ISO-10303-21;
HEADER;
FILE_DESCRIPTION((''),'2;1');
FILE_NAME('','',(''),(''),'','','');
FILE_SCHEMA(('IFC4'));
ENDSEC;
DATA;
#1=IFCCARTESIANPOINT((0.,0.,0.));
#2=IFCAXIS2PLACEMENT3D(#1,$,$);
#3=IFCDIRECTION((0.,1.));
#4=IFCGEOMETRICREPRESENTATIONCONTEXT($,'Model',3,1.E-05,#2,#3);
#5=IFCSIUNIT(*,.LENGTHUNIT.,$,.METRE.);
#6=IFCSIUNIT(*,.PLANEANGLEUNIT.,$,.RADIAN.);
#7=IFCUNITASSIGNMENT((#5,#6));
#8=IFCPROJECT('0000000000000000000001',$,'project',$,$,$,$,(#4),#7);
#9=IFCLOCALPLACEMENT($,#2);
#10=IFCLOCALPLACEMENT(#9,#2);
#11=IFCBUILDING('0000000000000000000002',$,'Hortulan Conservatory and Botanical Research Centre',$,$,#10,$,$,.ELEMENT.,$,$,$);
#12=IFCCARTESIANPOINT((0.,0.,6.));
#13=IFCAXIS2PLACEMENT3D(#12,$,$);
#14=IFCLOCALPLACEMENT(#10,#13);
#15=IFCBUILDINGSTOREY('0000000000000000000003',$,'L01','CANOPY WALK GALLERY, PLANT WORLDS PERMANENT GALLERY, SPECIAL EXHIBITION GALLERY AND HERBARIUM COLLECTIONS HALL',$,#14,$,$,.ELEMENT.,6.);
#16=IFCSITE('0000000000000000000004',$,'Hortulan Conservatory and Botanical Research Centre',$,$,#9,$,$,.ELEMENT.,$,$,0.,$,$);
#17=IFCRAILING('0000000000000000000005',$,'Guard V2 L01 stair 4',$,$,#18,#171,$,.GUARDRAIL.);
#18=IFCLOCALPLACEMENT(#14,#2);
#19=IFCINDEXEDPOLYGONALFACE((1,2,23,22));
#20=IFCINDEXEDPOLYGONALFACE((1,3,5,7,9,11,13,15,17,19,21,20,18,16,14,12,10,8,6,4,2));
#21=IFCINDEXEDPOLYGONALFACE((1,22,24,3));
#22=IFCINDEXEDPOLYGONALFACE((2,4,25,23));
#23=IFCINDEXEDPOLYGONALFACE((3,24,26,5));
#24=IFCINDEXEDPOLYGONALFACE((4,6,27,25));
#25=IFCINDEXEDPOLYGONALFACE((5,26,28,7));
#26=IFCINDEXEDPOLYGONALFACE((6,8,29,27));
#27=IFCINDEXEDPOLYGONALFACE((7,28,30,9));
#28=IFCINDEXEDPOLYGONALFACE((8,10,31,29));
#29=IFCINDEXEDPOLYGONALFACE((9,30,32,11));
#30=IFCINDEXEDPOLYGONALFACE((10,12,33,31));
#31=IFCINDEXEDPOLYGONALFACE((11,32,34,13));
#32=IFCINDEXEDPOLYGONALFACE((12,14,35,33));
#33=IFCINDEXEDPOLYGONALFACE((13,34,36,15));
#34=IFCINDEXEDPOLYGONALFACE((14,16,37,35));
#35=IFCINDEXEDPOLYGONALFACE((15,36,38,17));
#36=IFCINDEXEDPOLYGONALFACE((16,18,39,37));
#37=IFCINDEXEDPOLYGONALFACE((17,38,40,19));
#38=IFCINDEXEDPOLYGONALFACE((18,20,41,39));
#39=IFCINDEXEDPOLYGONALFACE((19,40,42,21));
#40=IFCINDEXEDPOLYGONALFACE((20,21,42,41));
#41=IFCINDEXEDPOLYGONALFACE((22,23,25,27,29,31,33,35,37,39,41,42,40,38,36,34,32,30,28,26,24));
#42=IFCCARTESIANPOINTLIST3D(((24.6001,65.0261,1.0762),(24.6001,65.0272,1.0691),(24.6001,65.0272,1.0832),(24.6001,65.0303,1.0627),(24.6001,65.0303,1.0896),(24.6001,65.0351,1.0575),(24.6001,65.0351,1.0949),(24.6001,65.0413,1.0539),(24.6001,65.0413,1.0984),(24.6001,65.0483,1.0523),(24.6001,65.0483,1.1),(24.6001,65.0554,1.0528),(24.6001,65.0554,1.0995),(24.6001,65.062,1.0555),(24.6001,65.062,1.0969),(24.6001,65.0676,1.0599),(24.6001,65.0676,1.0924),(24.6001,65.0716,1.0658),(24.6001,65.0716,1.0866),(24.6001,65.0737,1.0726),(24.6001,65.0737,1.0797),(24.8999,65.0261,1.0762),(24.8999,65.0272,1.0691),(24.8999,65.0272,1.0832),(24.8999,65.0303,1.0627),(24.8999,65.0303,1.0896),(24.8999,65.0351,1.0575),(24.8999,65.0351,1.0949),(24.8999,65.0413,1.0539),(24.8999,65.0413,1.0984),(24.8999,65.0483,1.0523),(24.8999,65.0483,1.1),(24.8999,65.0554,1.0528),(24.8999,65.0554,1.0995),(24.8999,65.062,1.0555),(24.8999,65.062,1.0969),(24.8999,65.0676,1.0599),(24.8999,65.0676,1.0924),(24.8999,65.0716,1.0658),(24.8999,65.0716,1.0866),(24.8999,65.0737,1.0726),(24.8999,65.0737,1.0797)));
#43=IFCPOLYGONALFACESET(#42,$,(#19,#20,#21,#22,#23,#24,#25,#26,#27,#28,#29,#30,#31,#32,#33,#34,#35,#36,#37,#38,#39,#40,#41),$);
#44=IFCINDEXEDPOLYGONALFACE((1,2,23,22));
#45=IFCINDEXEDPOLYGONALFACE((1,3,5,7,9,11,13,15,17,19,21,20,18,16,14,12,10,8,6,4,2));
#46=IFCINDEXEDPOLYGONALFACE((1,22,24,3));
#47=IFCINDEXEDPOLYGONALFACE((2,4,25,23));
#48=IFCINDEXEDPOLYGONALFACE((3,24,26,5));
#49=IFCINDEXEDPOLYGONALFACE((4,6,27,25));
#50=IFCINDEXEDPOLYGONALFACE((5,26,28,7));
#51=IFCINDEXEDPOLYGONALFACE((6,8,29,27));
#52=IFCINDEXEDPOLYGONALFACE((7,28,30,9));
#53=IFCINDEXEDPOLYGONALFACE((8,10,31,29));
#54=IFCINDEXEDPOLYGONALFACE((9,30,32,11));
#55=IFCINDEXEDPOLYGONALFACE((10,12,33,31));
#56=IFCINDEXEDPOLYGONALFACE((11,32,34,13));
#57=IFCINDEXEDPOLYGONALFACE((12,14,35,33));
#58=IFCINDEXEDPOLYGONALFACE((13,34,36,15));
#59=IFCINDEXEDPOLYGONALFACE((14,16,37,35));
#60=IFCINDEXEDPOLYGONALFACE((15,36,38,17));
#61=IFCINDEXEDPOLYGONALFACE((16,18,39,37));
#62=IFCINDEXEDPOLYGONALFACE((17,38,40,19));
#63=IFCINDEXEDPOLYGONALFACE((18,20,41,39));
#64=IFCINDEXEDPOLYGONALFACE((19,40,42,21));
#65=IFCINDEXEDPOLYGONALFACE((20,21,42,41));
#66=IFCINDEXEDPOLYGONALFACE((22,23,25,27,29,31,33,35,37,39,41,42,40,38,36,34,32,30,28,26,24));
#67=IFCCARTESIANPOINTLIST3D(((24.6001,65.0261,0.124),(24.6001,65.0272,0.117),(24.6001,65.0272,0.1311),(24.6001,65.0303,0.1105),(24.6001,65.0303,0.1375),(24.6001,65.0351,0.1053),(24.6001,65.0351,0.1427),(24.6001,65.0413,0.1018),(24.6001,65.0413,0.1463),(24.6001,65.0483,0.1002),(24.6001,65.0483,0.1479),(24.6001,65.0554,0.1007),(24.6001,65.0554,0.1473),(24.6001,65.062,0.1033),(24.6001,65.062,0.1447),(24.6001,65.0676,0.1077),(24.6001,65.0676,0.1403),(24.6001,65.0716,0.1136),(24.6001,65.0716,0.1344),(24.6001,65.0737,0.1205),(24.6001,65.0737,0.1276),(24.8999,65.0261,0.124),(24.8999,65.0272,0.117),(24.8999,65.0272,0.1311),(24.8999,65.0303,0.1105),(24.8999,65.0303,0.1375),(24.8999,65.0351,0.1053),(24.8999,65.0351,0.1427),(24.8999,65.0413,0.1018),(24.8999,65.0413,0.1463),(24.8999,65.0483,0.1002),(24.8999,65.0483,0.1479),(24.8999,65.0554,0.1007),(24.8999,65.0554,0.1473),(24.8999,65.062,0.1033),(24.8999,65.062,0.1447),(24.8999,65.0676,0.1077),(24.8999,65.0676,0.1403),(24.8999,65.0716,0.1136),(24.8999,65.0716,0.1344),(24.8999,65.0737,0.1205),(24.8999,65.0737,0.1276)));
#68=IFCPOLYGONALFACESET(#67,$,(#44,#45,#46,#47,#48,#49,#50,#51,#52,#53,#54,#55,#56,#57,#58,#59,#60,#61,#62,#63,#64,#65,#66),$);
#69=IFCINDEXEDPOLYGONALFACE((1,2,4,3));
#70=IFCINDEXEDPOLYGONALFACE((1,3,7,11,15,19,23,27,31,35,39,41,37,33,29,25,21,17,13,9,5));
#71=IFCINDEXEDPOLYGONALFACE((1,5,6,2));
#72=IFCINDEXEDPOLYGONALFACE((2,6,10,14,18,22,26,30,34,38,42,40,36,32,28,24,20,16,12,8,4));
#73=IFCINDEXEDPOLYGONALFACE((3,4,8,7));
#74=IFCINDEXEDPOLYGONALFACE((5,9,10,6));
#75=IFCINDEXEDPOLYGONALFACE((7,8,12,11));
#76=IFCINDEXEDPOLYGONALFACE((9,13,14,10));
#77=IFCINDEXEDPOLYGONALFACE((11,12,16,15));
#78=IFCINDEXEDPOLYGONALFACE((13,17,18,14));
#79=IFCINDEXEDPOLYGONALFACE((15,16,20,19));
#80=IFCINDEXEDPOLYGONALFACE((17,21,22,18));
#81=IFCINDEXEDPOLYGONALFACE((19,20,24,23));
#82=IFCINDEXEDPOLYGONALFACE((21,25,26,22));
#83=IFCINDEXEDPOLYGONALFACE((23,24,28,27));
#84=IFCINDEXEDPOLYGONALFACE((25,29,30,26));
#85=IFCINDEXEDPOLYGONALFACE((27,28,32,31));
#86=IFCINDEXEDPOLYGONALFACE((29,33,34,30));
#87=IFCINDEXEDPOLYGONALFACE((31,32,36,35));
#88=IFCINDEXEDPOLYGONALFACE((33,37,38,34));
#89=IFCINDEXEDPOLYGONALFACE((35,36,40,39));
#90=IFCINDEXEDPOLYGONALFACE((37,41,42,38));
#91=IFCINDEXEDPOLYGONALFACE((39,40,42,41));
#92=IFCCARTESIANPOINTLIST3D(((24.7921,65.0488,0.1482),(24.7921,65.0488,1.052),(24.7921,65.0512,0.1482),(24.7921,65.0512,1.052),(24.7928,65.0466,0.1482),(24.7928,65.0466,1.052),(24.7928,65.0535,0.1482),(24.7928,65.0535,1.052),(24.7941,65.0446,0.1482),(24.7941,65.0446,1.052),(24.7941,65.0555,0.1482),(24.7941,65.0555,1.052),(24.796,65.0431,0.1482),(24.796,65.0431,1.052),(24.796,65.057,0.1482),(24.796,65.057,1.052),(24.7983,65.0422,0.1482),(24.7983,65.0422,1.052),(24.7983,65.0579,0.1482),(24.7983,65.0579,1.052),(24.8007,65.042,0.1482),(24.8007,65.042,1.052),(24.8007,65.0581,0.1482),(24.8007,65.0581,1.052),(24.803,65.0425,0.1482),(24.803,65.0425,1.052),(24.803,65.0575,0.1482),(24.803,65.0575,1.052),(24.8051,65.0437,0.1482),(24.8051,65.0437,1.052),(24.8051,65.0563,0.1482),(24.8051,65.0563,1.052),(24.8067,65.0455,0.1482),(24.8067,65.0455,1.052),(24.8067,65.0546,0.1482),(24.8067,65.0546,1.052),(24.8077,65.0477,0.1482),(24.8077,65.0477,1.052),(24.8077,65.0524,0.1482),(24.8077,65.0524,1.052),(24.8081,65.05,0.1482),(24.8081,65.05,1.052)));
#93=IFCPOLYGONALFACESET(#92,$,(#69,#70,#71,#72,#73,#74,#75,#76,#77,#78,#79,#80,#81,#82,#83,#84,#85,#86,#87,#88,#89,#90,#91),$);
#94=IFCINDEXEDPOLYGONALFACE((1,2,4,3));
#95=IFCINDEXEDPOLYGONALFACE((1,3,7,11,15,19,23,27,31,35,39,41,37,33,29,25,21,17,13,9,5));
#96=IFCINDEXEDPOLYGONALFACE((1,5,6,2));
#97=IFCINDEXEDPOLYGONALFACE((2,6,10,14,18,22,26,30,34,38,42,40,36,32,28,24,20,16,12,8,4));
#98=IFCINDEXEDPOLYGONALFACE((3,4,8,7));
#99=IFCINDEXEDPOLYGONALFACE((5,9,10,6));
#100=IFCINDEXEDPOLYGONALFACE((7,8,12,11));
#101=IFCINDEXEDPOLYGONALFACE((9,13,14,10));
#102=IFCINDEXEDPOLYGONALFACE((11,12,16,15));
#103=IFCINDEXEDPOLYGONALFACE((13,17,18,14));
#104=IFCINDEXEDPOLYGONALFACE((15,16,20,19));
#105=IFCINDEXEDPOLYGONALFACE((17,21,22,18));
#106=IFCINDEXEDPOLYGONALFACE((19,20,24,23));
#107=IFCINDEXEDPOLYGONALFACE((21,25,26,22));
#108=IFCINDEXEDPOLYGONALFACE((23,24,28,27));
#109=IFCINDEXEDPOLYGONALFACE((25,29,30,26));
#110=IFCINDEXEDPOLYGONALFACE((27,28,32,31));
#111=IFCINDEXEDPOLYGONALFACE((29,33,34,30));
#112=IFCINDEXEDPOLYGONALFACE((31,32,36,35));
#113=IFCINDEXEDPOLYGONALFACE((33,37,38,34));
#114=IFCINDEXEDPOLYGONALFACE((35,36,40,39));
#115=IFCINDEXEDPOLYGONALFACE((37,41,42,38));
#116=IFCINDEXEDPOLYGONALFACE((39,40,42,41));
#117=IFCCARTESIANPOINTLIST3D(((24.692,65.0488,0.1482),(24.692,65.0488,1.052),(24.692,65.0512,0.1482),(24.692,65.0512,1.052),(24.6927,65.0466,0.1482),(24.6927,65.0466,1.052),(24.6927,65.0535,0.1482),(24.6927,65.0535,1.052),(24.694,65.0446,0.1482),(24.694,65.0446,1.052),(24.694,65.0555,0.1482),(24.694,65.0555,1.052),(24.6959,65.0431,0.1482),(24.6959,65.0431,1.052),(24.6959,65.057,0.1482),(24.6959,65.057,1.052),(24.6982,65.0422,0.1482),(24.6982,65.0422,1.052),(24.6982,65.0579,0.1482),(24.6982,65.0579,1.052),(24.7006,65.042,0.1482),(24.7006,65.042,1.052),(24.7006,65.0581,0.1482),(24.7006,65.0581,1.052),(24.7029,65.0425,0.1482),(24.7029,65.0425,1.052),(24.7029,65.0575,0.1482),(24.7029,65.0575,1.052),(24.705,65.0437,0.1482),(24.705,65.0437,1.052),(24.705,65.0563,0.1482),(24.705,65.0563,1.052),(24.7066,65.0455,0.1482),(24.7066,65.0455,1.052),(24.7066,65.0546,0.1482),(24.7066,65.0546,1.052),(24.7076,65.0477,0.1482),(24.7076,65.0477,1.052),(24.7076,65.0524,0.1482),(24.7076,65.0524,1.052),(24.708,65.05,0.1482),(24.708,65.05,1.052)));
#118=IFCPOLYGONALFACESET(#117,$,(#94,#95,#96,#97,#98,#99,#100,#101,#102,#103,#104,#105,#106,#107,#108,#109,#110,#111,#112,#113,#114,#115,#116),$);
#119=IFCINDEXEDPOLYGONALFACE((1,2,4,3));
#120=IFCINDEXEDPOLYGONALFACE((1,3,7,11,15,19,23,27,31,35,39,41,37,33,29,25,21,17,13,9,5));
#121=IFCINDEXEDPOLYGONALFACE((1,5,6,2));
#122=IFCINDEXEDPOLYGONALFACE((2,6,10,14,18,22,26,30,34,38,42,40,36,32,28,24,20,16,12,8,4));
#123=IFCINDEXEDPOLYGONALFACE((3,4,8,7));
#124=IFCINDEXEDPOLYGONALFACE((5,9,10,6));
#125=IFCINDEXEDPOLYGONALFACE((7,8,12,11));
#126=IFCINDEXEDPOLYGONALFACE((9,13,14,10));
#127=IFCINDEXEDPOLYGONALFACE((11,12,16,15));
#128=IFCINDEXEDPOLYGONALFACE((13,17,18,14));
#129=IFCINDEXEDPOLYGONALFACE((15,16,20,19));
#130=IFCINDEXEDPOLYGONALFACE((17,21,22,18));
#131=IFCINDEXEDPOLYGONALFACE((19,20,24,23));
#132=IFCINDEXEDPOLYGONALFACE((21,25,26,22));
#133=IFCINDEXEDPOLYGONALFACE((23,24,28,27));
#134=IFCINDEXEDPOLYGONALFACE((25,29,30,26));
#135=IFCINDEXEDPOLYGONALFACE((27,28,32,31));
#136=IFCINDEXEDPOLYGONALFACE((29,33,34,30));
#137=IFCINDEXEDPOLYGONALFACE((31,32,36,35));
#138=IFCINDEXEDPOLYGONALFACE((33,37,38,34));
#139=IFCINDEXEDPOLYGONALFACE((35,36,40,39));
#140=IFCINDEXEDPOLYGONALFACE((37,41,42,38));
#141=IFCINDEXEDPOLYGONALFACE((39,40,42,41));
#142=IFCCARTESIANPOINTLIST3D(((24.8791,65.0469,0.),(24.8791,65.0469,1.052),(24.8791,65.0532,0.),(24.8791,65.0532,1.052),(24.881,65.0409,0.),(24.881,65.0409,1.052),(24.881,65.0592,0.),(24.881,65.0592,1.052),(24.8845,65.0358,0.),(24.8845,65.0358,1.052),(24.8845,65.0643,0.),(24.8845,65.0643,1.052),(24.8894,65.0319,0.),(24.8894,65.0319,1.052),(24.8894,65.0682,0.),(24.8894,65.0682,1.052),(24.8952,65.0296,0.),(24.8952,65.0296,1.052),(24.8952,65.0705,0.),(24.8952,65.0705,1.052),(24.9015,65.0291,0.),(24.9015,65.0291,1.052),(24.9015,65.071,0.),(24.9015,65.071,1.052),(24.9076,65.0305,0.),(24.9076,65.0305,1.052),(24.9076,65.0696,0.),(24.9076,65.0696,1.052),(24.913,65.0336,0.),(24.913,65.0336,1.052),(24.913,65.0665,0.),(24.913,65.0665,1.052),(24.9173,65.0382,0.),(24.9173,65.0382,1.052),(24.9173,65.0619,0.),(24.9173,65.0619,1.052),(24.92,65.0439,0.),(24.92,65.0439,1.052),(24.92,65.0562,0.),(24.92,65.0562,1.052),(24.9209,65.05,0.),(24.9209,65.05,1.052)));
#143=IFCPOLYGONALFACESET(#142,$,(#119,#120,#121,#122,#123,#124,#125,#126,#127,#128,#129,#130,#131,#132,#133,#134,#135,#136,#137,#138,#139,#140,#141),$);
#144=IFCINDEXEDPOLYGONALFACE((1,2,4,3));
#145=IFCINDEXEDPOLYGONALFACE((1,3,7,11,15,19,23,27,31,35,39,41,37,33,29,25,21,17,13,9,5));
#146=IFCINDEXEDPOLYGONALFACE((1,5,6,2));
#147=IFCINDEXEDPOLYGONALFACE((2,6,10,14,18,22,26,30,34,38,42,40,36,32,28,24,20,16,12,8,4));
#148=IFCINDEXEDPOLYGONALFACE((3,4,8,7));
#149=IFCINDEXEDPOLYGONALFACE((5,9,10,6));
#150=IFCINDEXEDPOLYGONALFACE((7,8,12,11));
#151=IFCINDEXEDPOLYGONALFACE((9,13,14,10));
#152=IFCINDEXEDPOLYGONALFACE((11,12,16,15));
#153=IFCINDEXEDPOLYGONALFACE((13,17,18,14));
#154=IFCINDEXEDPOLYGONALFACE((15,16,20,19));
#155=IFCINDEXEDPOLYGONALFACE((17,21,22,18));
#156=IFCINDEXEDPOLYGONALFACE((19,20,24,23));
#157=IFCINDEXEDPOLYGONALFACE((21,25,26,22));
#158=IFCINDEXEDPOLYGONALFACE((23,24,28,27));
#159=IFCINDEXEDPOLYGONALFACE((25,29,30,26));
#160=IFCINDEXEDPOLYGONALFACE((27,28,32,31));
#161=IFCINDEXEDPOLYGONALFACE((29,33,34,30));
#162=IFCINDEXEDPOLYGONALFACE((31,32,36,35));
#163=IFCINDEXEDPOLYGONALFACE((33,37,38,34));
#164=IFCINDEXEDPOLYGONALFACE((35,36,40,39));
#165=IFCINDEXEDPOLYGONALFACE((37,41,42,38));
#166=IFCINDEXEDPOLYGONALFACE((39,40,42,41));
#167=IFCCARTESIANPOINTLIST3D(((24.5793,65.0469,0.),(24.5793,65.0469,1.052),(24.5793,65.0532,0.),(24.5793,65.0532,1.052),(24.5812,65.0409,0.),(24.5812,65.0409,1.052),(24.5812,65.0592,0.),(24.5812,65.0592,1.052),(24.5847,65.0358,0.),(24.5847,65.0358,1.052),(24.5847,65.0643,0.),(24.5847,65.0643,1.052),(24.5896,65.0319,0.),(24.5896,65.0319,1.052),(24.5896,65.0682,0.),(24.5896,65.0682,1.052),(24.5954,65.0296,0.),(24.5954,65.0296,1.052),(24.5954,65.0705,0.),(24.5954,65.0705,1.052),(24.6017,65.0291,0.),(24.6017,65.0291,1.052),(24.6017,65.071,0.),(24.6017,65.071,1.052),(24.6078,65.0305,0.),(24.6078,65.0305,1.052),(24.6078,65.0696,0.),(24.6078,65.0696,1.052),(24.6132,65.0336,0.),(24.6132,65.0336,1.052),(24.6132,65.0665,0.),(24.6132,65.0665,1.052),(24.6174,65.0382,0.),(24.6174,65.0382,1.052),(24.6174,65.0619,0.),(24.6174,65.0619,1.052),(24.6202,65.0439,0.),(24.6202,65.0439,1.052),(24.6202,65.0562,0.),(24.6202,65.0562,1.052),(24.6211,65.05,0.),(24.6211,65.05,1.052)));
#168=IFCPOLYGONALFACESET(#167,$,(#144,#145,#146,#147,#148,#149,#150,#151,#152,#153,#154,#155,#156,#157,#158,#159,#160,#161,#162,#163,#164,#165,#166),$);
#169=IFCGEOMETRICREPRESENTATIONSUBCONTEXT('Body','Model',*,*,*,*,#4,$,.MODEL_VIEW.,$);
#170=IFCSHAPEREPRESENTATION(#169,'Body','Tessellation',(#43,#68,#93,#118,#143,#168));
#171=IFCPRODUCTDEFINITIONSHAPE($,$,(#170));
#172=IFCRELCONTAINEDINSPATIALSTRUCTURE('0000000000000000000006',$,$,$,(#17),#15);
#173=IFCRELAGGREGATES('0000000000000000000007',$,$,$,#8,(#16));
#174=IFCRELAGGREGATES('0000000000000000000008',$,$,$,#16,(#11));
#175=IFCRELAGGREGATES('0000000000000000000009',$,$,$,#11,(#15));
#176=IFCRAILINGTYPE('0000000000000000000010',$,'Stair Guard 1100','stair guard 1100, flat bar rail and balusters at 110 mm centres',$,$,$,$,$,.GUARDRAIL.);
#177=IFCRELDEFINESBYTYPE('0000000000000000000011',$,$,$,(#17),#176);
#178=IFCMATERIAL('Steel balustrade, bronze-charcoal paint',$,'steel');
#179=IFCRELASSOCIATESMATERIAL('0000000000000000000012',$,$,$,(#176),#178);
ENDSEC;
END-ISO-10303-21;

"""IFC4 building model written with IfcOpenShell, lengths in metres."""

from ifc_helpers import new_model, si_unit, direction, frame, origin, origin_2d, place, context, subcontext, project, spatial, circle, extrude, material, type_object, element, save


model = new_model("IFC4")

# Units and contexts
model_context = context("Model", 3, precision=1e-05, world=origin(), true_north=direction((0.0, 1.0)))
body_context = subcontext(model_context, "Body", "Model", "MODEL_VIEW")
ifc_project = project(units=[si_unit("LENGTHUNIT", "METRE"), si_unit("PLANEANGLEUNIT", "RADIAN")], contexts=[model_context])

# Site, building, storey
site_placement = place(None, origin())
site = spatial("IfcSite", under=ifc_project, at=site_placement, Name="Hortulan Conservatory and Botanical Research Centre", CompositionType="ELEMENT", RefElevation=0.0)
building_placement = place(site_placement, origin())
building = spatial("IfcBuilding", under=site, at=building_placement, Name="Hortulan Conservatory and Botanical Research Centre", CompositionType="ELEMENT")
storey_placement = place(building_placement, frame((0.0, 0.0, 6.0)))
storey = spatial("IfcBuildingStorey", under=building, at=storey_placement, Name="L01", Description="CANOPY WALK GALLERY, PLANT WORLDS PERMANENT GALLERY, SPECIAL EXHIBITION GALLERY AND HERBARIUM COLLECTIONS HALL", CompositionType="ELEMENT", Elevation=6.0)

# Railing
ifc_material_1 = material(Name="Steel balustrade, bronze-charcoal paint", Category="steel")
railing_type_1 = type_object("IfcRailingType", Name="Stair Guard 1100", Description="stair guard 1100, flat bar rail and balusters at 110 mm centres", PredefinedType="GUARDRAIL", material=ifc_material_1)
railing_1_placement = place(storey_placement, frame((24.8999, 65.05, 0.0)))
element("IfcRailing", 1, at=railing_1_placement, inside=storey, type_object=railing_type_1, Name="Guard V2 L01 stair 4", PredefinedType="GUARDRAIL", context=body_context, shape_type="SweptSolid", body=[
    extrude(circle(Radius=0.0239, at=origin_2d()), frame((0.0, 0.0, 1.0762), z_axis=(-1.0, 0.0, 0.0), x_axis=(0.0, -1.0, 0.0)), (0.0, 0.0, 1.0), 0.2998),
    extrude(circle(Radius=0.0239, at=origin_2d()), frame((0.0, 0.0, 0.124), z_axis=(-1.0, 0.0, 0.0), x_axis=(0.0, -1.0, 0.0)), (0.0, 0.0, 1.0), 0.2998),
    extrude(circle(Radius=0.0081, at=origin_2d()), frame((-0.0999, 0.0, 0.1482)), (0.0, 0.0, 1.0), 0.9038),
    extrude(circle(Radius=0.0081, at=origin_2d()), frame((-0.2, 0.0, 0.1482)), (0.0, 0.0, 1.0), 0.9038),
    extrude(circle(Radius=0.021, at=origin_2d()), origin(), (0.0, 0.0, 1.0), 1.052),
    extrude(circle(Radius=0.021, at=origin_2d()), frame((-0.2998, 0.0, 0.0)), (0.0, 0.0, 1.0), 1.052),
])

save(model, "model.ifc")
